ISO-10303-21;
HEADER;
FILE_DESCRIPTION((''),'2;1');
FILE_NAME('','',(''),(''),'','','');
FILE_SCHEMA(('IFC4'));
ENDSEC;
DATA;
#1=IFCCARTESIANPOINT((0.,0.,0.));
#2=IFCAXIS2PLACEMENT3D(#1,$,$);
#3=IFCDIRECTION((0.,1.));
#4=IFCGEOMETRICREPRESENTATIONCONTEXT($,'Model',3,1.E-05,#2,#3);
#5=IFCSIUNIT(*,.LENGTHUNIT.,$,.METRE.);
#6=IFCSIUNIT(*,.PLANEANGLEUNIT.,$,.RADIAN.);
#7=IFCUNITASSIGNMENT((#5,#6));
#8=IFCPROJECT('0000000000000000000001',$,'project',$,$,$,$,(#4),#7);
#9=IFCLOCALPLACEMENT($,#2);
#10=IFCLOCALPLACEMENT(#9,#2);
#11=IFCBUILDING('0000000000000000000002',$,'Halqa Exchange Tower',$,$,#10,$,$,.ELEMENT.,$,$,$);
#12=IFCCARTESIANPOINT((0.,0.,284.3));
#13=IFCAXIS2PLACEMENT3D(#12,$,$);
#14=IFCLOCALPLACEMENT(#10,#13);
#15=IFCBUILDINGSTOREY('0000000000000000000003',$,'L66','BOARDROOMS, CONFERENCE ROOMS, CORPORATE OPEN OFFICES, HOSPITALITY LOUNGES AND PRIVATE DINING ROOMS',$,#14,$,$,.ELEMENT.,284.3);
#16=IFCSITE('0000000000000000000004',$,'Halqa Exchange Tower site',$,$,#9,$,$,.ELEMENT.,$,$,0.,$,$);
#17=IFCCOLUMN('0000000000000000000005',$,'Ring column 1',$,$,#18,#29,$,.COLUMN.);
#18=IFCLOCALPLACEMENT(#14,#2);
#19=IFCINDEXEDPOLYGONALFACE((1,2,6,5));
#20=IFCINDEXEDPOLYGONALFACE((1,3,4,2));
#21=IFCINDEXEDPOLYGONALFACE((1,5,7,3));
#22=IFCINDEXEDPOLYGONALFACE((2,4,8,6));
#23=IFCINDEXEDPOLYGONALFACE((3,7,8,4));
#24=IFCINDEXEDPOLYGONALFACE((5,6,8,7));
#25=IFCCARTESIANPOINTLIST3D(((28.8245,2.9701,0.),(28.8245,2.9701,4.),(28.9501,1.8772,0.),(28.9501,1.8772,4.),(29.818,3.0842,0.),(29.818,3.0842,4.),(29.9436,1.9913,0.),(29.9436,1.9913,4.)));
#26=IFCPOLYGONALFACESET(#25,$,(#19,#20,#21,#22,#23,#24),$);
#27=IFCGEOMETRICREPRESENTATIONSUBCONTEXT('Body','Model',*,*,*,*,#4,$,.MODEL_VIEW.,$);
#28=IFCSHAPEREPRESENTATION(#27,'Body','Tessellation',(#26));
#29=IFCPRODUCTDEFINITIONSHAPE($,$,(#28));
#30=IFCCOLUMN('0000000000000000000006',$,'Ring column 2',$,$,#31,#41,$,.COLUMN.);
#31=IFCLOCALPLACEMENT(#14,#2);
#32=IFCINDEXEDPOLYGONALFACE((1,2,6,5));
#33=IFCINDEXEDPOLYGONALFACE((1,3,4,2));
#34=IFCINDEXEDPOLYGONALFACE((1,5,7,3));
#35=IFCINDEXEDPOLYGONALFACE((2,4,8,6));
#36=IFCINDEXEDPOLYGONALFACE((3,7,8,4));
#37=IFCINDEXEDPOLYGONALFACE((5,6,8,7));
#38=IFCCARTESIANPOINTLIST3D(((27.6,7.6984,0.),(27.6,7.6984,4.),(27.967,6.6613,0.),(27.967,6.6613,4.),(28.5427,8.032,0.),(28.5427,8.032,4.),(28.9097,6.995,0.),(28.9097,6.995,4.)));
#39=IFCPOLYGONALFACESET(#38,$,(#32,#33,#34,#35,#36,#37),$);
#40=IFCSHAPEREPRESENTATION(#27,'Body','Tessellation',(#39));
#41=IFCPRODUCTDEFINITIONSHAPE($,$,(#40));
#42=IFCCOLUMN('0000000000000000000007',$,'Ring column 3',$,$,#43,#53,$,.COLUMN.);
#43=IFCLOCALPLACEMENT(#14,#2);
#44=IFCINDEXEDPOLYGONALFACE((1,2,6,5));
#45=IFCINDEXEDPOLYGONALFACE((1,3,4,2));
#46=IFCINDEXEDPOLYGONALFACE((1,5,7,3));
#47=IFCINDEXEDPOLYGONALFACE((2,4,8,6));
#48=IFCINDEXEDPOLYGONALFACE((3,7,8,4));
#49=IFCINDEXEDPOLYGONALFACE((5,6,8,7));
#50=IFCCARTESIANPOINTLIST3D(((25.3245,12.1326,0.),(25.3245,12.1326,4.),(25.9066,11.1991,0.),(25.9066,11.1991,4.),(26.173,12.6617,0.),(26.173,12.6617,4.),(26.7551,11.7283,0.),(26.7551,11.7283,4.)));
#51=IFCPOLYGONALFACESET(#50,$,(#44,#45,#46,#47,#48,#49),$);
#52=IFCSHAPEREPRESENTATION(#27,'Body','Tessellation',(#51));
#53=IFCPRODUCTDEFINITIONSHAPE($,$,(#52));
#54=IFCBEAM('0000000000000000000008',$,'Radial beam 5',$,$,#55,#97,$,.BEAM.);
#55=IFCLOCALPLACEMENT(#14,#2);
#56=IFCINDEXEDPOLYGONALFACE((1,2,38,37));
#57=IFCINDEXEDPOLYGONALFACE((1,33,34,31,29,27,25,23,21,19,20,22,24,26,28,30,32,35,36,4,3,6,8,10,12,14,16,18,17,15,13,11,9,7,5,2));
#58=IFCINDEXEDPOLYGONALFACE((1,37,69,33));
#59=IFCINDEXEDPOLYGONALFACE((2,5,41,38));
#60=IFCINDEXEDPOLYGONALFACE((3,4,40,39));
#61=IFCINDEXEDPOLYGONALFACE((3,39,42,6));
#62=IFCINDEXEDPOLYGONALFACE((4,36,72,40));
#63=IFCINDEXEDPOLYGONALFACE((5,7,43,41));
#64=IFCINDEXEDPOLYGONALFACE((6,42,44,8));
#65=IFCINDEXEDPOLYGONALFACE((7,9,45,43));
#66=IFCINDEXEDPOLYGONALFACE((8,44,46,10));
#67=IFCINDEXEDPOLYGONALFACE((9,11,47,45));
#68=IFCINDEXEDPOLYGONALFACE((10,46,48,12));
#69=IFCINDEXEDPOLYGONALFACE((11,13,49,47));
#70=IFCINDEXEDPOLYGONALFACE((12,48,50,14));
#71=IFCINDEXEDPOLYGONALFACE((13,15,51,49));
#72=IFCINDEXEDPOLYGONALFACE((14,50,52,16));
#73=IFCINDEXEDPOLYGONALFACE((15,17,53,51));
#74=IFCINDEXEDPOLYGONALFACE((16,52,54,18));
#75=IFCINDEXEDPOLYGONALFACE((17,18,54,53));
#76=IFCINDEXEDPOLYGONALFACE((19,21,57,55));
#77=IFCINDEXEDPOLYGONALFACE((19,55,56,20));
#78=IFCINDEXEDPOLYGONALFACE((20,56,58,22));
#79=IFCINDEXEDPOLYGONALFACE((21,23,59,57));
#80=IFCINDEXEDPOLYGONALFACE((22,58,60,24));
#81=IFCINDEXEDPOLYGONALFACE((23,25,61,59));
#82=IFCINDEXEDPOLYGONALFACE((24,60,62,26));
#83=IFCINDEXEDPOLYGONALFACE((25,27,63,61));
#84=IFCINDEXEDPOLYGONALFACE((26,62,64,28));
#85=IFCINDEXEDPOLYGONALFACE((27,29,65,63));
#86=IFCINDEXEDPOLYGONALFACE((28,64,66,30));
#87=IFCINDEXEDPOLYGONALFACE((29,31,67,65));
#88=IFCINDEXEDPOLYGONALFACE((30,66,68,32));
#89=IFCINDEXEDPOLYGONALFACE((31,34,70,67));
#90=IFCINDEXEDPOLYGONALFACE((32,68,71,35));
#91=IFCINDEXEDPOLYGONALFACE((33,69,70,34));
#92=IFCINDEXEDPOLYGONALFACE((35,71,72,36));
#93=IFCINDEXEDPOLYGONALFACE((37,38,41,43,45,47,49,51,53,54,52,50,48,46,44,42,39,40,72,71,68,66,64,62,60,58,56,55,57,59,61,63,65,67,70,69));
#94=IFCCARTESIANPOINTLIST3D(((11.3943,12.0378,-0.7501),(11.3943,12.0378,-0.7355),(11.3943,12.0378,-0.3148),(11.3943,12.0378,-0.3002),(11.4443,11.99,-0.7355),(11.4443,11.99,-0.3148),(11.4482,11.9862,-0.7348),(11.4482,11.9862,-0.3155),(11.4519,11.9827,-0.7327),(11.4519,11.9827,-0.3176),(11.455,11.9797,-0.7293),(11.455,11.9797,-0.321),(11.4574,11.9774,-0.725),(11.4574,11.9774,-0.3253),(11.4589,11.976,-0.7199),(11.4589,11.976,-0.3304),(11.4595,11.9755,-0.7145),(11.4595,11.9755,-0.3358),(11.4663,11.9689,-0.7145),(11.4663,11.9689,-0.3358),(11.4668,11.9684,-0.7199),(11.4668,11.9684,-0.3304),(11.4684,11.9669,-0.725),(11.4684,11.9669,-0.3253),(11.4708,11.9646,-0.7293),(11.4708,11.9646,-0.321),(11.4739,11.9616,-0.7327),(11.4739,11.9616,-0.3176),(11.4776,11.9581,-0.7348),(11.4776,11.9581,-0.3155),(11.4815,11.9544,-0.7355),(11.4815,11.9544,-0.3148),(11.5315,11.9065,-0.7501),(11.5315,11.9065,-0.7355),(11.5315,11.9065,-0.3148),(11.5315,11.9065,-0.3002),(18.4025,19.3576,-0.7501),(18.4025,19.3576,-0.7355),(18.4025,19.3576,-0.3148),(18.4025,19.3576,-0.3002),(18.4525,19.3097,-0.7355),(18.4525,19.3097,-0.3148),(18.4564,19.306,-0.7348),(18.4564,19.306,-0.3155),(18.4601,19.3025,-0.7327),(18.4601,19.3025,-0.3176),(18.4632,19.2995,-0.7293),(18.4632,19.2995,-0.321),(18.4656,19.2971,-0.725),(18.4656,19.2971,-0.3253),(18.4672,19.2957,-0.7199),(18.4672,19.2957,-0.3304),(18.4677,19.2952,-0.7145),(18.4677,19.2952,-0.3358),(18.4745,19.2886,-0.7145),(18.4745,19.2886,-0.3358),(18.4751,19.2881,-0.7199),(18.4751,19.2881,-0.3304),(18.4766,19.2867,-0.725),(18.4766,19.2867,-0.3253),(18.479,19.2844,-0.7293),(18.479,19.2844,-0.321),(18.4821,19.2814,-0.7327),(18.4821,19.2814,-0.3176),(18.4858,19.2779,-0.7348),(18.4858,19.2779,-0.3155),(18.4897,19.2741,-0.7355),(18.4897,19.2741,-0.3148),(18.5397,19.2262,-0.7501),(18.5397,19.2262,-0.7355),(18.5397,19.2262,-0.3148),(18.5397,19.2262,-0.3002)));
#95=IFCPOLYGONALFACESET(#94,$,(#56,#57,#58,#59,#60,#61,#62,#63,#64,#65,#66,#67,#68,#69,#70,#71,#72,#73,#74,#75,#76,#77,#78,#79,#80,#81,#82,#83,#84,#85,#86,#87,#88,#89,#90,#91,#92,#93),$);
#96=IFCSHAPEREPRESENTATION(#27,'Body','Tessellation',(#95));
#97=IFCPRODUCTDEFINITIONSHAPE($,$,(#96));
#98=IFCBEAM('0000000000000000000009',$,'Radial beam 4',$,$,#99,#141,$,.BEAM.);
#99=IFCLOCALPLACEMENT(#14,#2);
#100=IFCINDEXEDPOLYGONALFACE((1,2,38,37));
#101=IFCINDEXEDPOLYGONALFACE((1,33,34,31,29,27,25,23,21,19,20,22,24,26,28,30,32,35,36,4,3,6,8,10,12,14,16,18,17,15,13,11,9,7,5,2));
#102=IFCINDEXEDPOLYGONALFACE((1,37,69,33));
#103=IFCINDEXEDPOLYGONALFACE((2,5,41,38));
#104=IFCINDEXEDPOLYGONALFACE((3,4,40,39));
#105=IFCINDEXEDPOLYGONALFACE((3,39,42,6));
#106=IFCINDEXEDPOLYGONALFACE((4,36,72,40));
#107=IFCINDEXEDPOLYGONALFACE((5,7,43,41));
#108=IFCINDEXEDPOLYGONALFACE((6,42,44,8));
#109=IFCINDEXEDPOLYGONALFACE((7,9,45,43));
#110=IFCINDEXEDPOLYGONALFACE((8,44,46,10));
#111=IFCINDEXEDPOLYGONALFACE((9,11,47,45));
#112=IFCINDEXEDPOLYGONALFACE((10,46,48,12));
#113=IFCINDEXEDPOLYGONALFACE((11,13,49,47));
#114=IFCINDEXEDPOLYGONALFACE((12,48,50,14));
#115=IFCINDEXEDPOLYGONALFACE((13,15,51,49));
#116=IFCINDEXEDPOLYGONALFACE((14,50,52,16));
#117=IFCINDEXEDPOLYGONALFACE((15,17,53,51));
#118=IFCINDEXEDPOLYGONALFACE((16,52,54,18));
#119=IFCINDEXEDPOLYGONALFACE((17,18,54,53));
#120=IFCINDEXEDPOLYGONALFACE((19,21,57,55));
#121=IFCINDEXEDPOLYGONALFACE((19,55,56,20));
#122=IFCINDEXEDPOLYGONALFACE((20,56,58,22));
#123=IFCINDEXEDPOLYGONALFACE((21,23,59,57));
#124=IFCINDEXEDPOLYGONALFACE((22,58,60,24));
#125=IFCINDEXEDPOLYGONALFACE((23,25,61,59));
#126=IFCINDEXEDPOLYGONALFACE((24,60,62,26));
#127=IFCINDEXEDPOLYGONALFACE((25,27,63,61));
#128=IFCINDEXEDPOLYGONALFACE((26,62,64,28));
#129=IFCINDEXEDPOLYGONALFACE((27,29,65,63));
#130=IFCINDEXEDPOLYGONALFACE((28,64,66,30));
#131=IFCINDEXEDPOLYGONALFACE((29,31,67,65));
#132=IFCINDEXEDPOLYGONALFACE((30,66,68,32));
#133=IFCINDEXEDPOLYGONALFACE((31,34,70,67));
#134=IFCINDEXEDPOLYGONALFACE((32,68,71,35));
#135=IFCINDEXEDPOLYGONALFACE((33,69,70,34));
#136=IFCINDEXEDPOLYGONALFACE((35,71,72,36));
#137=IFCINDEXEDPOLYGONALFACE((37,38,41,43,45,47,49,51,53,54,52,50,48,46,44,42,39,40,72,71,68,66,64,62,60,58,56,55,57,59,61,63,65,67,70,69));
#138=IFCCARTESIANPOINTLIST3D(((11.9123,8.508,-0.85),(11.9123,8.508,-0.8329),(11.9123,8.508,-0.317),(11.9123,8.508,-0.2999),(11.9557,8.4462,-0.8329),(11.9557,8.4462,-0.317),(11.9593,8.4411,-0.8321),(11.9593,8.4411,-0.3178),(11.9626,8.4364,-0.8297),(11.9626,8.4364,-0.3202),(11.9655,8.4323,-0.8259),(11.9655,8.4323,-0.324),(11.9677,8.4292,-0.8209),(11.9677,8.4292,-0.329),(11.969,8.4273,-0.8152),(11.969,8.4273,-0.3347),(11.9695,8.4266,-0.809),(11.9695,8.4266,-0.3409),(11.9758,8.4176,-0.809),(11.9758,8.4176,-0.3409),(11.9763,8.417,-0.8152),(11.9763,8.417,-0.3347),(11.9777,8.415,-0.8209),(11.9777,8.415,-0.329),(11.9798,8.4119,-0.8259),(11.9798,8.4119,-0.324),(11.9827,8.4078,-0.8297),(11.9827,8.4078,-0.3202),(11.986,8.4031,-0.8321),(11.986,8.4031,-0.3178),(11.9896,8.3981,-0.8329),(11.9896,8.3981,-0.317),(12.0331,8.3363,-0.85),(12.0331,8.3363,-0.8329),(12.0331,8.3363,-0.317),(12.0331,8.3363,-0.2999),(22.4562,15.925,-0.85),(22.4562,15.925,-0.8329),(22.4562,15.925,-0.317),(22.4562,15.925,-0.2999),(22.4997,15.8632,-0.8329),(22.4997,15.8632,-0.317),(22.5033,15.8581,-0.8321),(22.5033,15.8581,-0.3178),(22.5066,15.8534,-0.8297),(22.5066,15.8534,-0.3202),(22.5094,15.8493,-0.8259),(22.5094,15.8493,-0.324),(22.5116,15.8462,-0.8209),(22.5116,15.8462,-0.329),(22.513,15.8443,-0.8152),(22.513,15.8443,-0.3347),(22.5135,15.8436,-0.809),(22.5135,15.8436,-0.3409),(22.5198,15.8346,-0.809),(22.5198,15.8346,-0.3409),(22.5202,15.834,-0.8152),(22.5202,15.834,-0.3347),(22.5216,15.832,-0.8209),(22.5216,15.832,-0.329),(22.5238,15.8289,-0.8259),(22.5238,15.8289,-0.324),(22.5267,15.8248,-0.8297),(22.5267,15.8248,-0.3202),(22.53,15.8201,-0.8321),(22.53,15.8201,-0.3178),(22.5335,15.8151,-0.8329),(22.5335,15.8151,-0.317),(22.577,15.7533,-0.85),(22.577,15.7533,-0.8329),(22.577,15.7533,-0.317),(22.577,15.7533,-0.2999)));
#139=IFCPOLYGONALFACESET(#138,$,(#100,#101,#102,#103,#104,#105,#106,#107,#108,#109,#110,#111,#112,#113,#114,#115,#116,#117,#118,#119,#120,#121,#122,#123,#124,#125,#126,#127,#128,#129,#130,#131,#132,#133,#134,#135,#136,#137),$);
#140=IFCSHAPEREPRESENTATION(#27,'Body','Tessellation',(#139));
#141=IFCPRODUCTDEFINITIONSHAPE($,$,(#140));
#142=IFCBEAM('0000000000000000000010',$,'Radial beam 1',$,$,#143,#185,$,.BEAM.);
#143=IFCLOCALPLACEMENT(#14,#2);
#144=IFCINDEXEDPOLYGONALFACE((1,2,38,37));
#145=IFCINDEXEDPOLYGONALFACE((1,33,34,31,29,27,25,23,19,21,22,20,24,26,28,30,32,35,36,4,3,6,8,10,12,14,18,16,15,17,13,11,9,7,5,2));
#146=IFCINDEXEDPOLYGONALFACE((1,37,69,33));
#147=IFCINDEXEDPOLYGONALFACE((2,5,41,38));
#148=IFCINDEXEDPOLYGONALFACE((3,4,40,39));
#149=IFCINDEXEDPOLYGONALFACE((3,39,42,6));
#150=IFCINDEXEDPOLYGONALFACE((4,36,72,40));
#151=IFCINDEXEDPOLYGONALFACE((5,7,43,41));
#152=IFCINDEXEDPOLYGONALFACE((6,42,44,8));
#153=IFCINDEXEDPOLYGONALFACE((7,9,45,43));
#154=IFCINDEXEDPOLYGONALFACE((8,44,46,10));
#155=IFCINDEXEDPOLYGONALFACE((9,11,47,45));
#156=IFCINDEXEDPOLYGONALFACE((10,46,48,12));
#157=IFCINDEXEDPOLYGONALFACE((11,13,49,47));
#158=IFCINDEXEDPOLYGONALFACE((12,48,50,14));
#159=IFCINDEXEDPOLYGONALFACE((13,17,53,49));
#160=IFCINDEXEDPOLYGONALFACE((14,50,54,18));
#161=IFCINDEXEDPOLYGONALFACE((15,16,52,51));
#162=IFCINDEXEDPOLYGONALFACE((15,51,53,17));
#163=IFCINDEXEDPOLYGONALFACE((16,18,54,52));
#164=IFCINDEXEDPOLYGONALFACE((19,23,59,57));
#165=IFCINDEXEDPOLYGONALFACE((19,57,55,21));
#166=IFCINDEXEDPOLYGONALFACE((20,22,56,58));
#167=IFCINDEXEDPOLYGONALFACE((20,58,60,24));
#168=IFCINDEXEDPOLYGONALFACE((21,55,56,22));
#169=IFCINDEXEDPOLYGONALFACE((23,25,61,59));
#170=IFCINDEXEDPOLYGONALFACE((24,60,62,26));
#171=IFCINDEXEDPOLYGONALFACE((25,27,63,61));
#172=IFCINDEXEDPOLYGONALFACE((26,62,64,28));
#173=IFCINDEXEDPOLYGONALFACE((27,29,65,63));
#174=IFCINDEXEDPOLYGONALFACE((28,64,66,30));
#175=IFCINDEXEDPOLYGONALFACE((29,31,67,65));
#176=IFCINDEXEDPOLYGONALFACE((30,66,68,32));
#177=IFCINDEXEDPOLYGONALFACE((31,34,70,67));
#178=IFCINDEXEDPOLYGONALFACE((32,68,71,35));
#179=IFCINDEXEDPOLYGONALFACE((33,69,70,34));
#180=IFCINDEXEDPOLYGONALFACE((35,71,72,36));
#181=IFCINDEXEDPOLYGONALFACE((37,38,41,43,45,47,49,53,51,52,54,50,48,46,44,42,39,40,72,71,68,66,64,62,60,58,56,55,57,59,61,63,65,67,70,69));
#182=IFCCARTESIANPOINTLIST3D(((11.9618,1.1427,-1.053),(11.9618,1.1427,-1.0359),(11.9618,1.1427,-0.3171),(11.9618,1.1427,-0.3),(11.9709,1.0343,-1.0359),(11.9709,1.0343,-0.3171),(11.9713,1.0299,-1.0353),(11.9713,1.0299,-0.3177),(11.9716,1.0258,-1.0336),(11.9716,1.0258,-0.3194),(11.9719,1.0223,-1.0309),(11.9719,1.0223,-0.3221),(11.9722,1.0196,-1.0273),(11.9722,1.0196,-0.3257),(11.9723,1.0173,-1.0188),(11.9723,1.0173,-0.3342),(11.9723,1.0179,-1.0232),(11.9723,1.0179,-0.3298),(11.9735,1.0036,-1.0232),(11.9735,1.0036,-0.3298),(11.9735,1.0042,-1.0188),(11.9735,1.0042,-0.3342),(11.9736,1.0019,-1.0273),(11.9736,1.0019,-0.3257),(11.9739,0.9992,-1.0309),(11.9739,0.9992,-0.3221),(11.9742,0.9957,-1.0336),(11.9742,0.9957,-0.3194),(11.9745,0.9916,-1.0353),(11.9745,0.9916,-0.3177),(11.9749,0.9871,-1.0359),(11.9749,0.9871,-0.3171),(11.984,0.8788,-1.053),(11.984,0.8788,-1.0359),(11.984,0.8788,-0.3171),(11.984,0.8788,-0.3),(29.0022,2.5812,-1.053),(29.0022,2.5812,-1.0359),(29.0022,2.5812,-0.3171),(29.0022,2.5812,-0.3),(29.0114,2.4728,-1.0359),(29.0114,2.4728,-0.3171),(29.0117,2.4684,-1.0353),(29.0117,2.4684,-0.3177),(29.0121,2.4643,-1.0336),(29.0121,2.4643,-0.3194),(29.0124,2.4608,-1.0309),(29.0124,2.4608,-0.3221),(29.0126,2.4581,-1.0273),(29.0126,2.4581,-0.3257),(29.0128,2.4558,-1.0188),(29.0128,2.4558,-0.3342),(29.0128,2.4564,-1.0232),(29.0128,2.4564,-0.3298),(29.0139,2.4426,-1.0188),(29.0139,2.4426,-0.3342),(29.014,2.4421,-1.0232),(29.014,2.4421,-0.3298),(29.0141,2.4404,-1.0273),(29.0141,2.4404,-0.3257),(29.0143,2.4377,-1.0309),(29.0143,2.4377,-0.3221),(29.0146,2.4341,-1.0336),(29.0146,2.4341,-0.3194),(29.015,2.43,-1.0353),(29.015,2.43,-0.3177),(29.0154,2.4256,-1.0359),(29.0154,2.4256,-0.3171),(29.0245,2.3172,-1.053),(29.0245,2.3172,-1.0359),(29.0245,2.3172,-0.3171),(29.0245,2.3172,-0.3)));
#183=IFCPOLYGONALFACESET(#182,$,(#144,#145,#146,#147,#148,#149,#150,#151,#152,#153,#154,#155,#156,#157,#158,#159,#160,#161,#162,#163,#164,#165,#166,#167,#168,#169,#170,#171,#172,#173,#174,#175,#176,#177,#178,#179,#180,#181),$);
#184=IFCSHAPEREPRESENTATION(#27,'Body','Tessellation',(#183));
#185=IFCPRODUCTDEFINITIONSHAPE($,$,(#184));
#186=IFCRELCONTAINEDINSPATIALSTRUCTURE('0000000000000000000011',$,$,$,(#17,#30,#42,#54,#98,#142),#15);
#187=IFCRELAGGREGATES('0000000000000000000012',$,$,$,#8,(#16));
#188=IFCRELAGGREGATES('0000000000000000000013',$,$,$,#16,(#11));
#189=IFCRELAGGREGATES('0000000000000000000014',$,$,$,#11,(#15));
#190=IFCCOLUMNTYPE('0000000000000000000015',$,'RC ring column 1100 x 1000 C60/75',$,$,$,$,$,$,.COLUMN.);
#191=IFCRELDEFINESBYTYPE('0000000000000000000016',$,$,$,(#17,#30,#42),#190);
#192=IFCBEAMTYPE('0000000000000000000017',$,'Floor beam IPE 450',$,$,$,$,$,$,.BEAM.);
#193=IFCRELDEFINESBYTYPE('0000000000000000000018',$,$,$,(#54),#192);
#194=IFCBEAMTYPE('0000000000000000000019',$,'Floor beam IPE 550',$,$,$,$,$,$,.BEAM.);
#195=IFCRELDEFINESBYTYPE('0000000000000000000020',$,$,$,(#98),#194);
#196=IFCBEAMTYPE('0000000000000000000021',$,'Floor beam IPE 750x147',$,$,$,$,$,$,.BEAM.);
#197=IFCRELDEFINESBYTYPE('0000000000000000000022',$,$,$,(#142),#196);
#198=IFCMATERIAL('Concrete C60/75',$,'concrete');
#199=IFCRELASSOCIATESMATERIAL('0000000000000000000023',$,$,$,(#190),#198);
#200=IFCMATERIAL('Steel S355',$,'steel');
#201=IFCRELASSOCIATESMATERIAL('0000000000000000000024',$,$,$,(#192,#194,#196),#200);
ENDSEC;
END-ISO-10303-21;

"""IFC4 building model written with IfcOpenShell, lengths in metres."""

from ifc_helpers import new_model, si_unit, direction, frame, origin, origin_2d, place, context, subcontext, project, spatial, rectangle, i_section, extrude, material, material_profile, profile_set, type_object, element, save


model = new_model("IFC4")

# Units and contexts
model_context = context("Model", 3, precision=1e-05, world=origin(), true_north=direction((0.0, 1.0)))
body_context = subcontext(model_context, "Body", "Model", "MODEL_VIEW")
ifc_project = project(units=[si_unit("LENGTHUNIT", "METRE"), si_unit("PLANEANGLEUNIT", "RADIAN")], contexts=[model_context])

# Site, building, storey
site_placement = place(None, origin())
site = spatial("IfcSite", under=ifc_project, at=site_placement, Name="Halqa Exchange Tower site", CompositionType="ELEMENT", RefElevation=0.0)
building_placement = place(site_placement, origin())
building = spatial("IfcBuilding", under=site, at=building_placement, Name="Halqa Exchange Tower", CompositionType="ELEMENT")
storey_placement = place(building_placement, frame((0.0, 0.0, 284.3)))
storey = spatial("IfcBuildingStorey", under=building, at=storey_placement, Name="L66", Description="BOARDROOMS, CONFERENCE ROOMS, CORPORATE OPEN OFFICES, HOSPITALITY LOUNGES AND PRIVATE DINING ROOMS", CompositionType="ELEMENT", Elevation=284.3)

# Columns
ifc_material_1 = material(Name="Concrete C60/75", Category="concrete")
ifc_material_profile_1 = material_profile(ifc_material_1, rectangle(XDim=1.1001, YDim=1.0, at=origin_2d()), Name="1100 x 1000")
ifc_profile_set_1 = profile_set([ifc_material_profile_1], Name="Concrete C60/75")
column_type = type_object("IfcColumnType", Name="RC ring column 1100 x 1000 C60/75", PredefinedType="COLUMN", material=ifc_profile_set_1)
for number, where, z_axis, x_axis, name in (
    (1, (29.384, 2.4807, 0.0), (0.0, 0.0, 1.0), (-0.114155, 0.993463, 0.0), "Ring column 1"),
    (2, (28.2549, 7.3467, 0.0), (0.0, 0.0, 1.0), (-0.333619, 0.942708, 0.0), "Ring column 2"),
    (3, (26.0398, 11.9304, 0.0), (0.0, 0.0, 1.0), (-0.529143, 0.848532, 0.0), "Ring column 3"),
):
    element("IfcColumn", number, at=place(storey_placement, frame(where, z_axis=z_axis, x_axis=x_axis)), inside=storey, type_object=column_type, Name=name, PredefinedType="COLUMN", context=body_context, shape_type="SweptSolid", body=[
        extrude(rectangle(XDim=1.1001, YDim=1.0, at=origin_2d()), origin(), (0.0, 0.0, 1.0), 4.0),
    ])

# Beams
ifc_material_2 = material(Name="Steel S355", Category="steel")
ifc_material_profile_2 = material_profile(ifc_material_2, i_section(OverallWidth=0.1899, OverallDepth=0.45, WebThickness=0.0095, FlangeThickness=0.0146, FilletRadius=0.021, at=origin_2d()), Name="IPE 450")
ifc_profile_set_2 = profile_set([ifc_material_profile_2], Name="Steel S355")
beam_type_1 = type_object("IfcBeamType", Name="Floor beam IPE 450", PredefinedType="BEAM", material=ifc_profile_set_2)
beam_1_placement = place(storey_placement, frame((11.4629, 11.9722, -0.5251), z_axis=(0.691569, 0.72231, 0.0), x_axis=(-0.72231, 0.691569, 0.0)))
element("IfcBeam", 4, at=beam_1_placement, inside=storey, type_object=beam_type_1, Name="Radial beam 5", PredefinedType="BEAM", context=body_context, shape_type="SweptSolid", body=[
    extrude(i_section(OverallWidth=0.1899, OverallDepth=0.45, WebThickness=0.0095, FlangeThickness=0.0146, FilletRadius=0.021, at=origin_2d()), origin(), (0.0, 0.0, 1.0), 10.1338),
])
ifc_material_profile_3 = material_profile(ifc_material_2, i_section(OverallWidth=0.21, OverallDepth=0.55, WebThickness=0.011, FlangeThickness=0.0171, FilletRadius=0.0239, at=origin_2d()), Name="IPE 550")
ifc_profile_set_3 = profile_set([ifc_material_profile_3], Name="Steel S355")
beam_type_2 = type_object("IfcBeamType", Name="Floor beam IPE 550", PredefinedType="BEAM", material=ifc_profile_set_3)
beam_2_placement = place(storey_placement, frame((11.9727, 8.4221, -0.575), z_axis=(0.817909, 0.575347, 0.0), x_axis=(-0.575347, 0.817909, 0.0)))
element("IfcBeam", 5, at=beam_2_placement, inside=storey, type_object=beam_type_2, Name="Radial beam 4", PredefinedType="BEAM", context=body_context, shape_type="SweptSolid", body=[
    extrude(i_section(OverallWidth=0.21, OverallDepth=0.55, WebThickness=0.011, FlangeThickness=0.0171, FilletRadius=0.0239, at=origin_2d()), origin(), (0.0, 0.0, 1.0), 12.8914),
])
ifc_material_profile_4 = material_profile(ifc_material_2, i_section(OverallWidth=0.2649, OverallDepth=0.7529, WebThickness=0.0132, FlangeThickness=0.0171, FilletRadius=0.0171, at=origin_2d()), Name="IPE 750x147")
ifc_profile_set_4 = profile_set([ifc_material_profile_4], Name="Steel S355")
beam_type_3 = type_object("IfcBeamType", Name="Floor beam IPE 750x147", PredefinedType="BEAM", material=ifc_profile_set_4)
beam_3_placement = place(storey_placement, frame((11.9729, 1.0107, -0.6765), z_axis=(0.996456, 0.084116, 0.0), x_axis=(-0.084116, 0.996456, 0.0)))
element("IfcBeam", 6, at=beam_3_placement, inside=storey, type_object=beam_type_3, Name="Radial beam 1", PredefinedType="BEAM", context=body_context, shape_type="SweptSolid", body=[
    extrude(i_section(OverallWidth=0.2649, OverallDepth=0.7529, WebThickness=0.0132, FlangeThickness=0.0171, FilletRadius=0.0171, at=origin_2d()), origin(), (0.0, 0.0, 1.0), 17.1011),
])

save(model, "model.ifc")
